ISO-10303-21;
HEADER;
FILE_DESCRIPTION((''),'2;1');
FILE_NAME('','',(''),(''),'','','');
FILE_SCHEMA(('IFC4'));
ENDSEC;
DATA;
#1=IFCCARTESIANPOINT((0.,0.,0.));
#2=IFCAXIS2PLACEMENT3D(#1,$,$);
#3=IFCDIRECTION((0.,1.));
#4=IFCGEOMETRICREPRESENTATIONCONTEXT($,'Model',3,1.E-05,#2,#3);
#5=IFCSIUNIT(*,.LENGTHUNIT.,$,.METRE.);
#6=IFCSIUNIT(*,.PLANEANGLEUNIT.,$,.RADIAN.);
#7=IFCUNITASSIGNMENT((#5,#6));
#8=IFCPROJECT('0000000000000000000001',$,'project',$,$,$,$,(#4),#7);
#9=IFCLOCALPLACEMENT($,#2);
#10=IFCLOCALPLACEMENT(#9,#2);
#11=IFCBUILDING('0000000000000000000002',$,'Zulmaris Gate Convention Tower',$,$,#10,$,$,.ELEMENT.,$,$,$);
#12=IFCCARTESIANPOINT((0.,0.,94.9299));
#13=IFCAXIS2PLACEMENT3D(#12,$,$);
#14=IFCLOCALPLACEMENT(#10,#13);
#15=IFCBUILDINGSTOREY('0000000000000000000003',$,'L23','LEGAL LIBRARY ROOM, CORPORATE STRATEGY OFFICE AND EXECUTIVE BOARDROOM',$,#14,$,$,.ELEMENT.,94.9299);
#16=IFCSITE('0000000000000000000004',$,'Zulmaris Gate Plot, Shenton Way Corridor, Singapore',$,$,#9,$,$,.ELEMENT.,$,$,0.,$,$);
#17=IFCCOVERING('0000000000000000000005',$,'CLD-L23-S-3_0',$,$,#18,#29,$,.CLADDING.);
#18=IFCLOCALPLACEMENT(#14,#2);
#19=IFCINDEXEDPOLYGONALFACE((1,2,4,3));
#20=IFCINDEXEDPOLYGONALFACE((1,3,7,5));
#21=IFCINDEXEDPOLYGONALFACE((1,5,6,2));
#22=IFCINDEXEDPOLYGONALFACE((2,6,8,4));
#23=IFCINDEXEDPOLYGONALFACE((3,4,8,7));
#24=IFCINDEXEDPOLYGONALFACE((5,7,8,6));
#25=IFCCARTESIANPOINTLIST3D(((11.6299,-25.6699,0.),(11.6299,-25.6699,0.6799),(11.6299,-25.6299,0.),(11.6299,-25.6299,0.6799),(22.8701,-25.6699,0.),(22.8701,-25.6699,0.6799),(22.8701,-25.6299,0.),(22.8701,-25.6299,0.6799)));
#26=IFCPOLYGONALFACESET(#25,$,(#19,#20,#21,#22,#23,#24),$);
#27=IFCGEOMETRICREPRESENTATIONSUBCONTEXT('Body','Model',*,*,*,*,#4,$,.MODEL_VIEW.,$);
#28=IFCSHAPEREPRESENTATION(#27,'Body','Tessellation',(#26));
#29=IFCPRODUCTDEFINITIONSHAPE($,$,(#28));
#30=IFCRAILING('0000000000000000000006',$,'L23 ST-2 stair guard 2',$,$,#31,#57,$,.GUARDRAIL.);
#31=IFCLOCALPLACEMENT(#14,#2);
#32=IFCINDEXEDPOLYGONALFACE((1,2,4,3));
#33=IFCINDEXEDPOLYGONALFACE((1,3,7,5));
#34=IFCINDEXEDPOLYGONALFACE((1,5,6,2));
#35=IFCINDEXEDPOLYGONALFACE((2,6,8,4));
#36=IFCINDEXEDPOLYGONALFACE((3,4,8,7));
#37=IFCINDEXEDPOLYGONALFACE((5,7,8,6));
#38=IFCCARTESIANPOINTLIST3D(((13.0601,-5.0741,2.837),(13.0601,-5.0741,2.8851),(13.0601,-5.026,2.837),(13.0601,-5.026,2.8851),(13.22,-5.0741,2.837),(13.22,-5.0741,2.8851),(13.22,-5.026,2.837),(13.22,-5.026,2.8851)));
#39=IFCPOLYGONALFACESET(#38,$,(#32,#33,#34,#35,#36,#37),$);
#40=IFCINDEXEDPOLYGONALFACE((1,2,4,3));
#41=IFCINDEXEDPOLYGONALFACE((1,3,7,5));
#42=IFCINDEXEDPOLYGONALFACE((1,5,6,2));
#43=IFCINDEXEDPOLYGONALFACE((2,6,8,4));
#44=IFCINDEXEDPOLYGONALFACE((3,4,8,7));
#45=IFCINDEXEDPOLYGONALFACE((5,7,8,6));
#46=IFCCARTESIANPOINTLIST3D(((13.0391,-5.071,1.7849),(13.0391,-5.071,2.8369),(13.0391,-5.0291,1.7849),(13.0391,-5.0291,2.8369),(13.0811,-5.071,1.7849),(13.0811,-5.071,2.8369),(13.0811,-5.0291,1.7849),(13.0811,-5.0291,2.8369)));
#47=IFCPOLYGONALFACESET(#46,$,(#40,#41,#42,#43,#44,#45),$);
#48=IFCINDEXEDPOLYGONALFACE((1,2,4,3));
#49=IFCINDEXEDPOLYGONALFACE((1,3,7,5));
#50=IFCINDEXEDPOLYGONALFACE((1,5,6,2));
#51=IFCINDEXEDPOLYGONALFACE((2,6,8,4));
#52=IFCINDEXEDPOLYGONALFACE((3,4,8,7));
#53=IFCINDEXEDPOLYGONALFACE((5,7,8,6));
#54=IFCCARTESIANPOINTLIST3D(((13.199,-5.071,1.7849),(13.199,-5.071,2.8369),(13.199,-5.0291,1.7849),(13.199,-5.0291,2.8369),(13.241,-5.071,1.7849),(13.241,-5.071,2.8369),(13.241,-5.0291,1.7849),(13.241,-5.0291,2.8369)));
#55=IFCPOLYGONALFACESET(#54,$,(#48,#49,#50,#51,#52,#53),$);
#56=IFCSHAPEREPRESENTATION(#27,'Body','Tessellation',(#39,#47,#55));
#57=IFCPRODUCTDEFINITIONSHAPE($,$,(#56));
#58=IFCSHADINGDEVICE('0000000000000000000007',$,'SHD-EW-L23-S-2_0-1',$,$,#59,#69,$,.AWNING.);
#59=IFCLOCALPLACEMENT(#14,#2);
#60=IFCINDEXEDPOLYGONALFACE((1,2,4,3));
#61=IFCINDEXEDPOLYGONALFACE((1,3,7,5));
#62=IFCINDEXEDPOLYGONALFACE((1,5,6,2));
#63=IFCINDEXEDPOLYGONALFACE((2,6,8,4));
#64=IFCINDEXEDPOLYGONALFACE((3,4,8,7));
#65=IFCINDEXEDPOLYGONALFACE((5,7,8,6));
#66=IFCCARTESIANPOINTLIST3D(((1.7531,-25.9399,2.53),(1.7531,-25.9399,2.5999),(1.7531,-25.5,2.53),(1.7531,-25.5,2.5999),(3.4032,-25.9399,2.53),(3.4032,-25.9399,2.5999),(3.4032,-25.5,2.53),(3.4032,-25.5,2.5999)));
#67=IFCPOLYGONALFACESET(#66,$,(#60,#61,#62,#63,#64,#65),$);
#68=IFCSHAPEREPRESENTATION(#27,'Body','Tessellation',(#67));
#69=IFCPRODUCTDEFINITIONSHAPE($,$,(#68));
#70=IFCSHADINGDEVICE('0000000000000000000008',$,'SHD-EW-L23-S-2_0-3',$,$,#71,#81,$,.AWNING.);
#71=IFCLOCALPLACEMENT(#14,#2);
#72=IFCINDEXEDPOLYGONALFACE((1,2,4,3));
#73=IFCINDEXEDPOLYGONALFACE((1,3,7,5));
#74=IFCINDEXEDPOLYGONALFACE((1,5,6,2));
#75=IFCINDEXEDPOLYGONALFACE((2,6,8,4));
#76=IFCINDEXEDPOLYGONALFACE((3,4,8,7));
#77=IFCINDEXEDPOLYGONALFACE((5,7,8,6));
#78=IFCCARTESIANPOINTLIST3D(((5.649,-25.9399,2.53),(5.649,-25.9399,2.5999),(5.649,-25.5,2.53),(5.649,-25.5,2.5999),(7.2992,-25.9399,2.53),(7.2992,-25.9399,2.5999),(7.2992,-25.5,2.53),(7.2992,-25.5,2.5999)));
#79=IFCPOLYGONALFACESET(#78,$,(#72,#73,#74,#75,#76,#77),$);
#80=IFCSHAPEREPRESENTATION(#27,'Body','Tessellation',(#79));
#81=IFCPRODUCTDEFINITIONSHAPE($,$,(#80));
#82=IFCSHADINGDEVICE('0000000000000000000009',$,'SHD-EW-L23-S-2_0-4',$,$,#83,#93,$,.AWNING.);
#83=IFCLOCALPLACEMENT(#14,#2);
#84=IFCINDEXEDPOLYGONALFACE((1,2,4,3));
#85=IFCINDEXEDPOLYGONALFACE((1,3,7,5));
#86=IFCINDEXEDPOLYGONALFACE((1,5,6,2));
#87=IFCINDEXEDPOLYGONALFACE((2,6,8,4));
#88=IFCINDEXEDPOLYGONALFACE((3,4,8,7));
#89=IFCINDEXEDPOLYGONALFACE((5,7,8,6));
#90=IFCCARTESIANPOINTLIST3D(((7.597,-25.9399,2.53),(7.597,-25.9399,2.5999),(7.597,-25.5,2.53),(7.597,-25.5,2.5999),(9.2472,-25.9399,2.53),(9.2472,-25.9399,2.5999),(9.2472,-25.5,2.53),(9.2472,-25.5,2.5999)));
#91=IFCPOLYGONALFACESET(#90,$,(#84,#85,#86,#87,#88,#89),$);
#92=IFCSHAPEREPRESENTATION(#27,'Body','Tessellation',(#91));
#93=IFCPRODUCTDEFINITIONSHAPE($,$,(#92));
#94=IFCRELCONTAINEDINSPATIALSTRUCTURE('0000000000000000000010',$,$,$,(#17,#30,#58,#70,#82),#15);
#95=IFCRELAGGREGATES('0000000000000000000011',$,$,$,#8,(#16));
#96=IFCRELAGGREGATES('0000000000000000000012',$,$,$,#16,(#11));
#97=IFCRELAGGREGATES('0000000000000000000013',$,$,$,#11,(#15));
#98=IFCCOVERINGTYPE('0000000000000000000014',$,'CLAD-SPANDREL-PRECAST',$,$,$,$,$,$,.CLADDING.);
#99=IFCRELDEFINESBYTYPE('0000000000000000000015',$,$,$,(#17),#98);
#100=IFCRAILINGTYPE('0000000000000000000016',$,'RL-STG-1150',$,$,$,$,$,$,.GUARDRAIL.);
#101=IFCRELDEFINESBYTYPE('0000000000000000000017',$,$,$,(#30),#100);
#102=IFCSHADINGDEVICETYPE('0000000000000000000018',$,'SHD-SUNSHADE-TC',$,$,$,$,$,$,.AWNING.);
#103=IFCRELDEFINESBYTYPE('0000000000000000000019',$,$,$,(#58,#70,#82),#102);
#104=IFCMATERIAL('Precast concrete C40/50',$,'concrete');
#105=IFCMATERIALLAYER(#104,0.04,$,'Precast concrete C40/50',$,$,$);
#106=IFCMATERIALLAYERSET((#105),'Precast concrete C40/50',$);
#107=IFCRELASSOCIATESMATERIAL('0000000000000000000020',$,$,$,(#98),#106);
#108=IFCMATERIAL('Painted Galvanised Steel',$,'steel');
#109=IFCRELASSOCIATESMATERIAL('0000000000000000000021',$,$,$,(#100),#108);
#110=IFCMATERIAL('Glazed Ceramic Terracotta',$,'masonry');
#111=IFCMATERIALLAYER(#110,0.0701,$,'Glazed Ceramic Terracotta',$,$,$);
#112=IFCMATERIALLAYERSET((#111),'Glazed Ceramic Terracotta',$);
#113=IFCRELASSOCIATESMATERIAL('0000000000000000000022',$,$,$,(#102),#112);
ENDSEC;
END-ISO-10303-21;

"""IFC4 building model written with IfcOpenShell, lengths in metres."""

from ifc_helpers import new_model, si_unit, direction, frame, frame_2d, origin, origin_2d, place, context, subcontext, project, spatial, rectangle, extrude, material, layer, layer_set, type_object, element, save


model = new_model("IFC4")

# Units and contexts
model_context = context("Model", 3, precision=1e-05, world=origin(), true_north=direction((0.0, 1.0)))
body_context = subcontext(model_context, "Body", "Model", "MODEL_VIEW")
ifc_project = project(units=[si_unit("LENGTHUNIT", "METRE"), si_unit("PLANEANGLEUNIT", "RADIAN")], contexts=[model_context])

# Site, building, storey
site_placement = place(None, origin())
site = spatial("IfcSite", under=ifc_project, at=site_placement, Name="Zulmaris Gate Plot, Shenton Way Corridor, Singapore", CompositionType="ELEMENT", RefElevation=0.0)
building_placement = place(site_placement, origin())
building = spatial("IfcBuilding", under=site, at=building_placement, Name="Zulmaris Gate Convention Tower", CompositionType="ELEMENT")
storey_placement = place(building_placement, frame((0.0, 0.0, 94.9299)))
storey = spatial("IfcBuildingStorey", under=building, at=storey_placement, Name="L23", Description="LEGAL LIBRARY ROOM, CORPORATE STRATEGY OFFICE AND EXECUTIVE BOARDROOM", CompositionType="ELEMENT", Elevation=94.9299)

# Shared definitions
ifc_material_1 = material(Name="Precast concrete C40/50", Category="concrete")

# Covering
ifc_layer_1 = layer(ifc_material_1, 0.04, Name="Precast concrete C40/50")
ifc_layer_set_1 = layer_set([ifc_layer_1], Name="Precast concrete C40/50")
covering_type = type_object("IfcCoveringType", Name="CLAD-SPANDREL-PRECAST", PredefinedType="CLADDING", material=ifc_layer_set_1)
covering_1_placement = place(storey_placement, frame((11.6299, -25.6499, 0.0), z_axis=(0.0, 0.0, 1.0), x_axis=(1.0, 0.0, 0.0)))
element("IfcCovering", 1, at=covering_1_placement, inside=storey, type_object=covering_type, Name="CLD-L23-S-3_0", PredefinedType="CLADDING", context=body_context, shape_type="SweptSolid", body=[
    extrude(rectangle(XDim=11.2402, YDim=0.04, at=frame_2d((5.6201, 0.0))), origin(), (0.0, 0.0, 1.0), 0.6799),
])

# Railing
ifc_material_2 = material(Name="Painted Galvanised Steel", Category="steel")
railing_type = type_object("IfcRailingType", Name="RL-STG-1150", PredefinedType="GUARDRAIL", material=ifc_material_2)
railing_placement = place(storey_placement, frame((13.0601, -5.05, 1.7849)))
element("IfcRailing", 2, at=railing_placement, inside=storey, type_object=railing_type, Name="L23 ST-2 stair guard 2", PredefinedType="GUARDRAIL", context=body_context, shape_type="SweptSolid", body=[
    extrude(rectangle(XDim=0.0481, YDim=0.0481, at=origin_2d()), frame((0.0, 0.0, 1.0762), z_axis=(1.0, 0.0, 0.0), x_axis=(0.0, 1.0, 0.0)), (0.0, 0.0, 1.0), 0.1599),
    extrude(rectangle(XDim=0.042, YDim=0.042, at=origin_2d()), origin(), (0.0, 0.0, 1.0), 1.052),
    extrude(rectangle(XDim=0.042, YDim=0.042, at=origin_2d()), frame((0.1599, 0.0, 0.0)), (0.0, 0.0, 1.0), 1.052),
])

# Shading devices
ifc_material_3 = material(Name="Glazed Ceramic Terracotta", Category="masonry")
ifc_layer_2 = layer(ifc_material_3, 0.0701, Name="Glazed Ceramic Terracotta")
ifc_layer_set_2 = layer_set([ifc_layer_2], Name="Glazed Ceramic Terracotta")
shading_device_type = type_object("IfcShadingDeviceType", Name="SHD-SUNSHADE-TC", PredefinedType="AWNING", material=ifc_layer_set_2)
for number, where, z_axis, x_axis, name in (
    (3, (1.7529, -25.72, 2.53), (0.0, 0.0, 1.0), (1.0, 0.0, 0.0), "SHD-EW-L23-S-2_0-1"),
    (4, (5.6489, -25.72, 2.53), (0.0, 0.0, 1.0), (1.0, 0.0, 0.0), "SHD-EW-L23-S-2_0-3"),
    (5, (7.5969, -25.72, 2.53), (0.0, 0.0, 1.0), (1.0, 0.0, 0.0), "SHD-EW-L23-S-2_0-4"),
):
    element("IfcShadingDevice", number, at=place(storey_placement, frame(where, z_axis=z_axis, x_axis=x_axis)), inside=storey, type_object=shading_device_type, Name=name, PredefinedType="AWNING", context=body_context, shape_type="SweptSolid", body=[
        extrude(rectangle(XDim=1.6501, YDim=0.4399, at=frame_2d((0.8252, 0.0))), origin(), (0.0, 0.0, 1.0), 0.0698),
    ])

save(model, "model.ifc")
